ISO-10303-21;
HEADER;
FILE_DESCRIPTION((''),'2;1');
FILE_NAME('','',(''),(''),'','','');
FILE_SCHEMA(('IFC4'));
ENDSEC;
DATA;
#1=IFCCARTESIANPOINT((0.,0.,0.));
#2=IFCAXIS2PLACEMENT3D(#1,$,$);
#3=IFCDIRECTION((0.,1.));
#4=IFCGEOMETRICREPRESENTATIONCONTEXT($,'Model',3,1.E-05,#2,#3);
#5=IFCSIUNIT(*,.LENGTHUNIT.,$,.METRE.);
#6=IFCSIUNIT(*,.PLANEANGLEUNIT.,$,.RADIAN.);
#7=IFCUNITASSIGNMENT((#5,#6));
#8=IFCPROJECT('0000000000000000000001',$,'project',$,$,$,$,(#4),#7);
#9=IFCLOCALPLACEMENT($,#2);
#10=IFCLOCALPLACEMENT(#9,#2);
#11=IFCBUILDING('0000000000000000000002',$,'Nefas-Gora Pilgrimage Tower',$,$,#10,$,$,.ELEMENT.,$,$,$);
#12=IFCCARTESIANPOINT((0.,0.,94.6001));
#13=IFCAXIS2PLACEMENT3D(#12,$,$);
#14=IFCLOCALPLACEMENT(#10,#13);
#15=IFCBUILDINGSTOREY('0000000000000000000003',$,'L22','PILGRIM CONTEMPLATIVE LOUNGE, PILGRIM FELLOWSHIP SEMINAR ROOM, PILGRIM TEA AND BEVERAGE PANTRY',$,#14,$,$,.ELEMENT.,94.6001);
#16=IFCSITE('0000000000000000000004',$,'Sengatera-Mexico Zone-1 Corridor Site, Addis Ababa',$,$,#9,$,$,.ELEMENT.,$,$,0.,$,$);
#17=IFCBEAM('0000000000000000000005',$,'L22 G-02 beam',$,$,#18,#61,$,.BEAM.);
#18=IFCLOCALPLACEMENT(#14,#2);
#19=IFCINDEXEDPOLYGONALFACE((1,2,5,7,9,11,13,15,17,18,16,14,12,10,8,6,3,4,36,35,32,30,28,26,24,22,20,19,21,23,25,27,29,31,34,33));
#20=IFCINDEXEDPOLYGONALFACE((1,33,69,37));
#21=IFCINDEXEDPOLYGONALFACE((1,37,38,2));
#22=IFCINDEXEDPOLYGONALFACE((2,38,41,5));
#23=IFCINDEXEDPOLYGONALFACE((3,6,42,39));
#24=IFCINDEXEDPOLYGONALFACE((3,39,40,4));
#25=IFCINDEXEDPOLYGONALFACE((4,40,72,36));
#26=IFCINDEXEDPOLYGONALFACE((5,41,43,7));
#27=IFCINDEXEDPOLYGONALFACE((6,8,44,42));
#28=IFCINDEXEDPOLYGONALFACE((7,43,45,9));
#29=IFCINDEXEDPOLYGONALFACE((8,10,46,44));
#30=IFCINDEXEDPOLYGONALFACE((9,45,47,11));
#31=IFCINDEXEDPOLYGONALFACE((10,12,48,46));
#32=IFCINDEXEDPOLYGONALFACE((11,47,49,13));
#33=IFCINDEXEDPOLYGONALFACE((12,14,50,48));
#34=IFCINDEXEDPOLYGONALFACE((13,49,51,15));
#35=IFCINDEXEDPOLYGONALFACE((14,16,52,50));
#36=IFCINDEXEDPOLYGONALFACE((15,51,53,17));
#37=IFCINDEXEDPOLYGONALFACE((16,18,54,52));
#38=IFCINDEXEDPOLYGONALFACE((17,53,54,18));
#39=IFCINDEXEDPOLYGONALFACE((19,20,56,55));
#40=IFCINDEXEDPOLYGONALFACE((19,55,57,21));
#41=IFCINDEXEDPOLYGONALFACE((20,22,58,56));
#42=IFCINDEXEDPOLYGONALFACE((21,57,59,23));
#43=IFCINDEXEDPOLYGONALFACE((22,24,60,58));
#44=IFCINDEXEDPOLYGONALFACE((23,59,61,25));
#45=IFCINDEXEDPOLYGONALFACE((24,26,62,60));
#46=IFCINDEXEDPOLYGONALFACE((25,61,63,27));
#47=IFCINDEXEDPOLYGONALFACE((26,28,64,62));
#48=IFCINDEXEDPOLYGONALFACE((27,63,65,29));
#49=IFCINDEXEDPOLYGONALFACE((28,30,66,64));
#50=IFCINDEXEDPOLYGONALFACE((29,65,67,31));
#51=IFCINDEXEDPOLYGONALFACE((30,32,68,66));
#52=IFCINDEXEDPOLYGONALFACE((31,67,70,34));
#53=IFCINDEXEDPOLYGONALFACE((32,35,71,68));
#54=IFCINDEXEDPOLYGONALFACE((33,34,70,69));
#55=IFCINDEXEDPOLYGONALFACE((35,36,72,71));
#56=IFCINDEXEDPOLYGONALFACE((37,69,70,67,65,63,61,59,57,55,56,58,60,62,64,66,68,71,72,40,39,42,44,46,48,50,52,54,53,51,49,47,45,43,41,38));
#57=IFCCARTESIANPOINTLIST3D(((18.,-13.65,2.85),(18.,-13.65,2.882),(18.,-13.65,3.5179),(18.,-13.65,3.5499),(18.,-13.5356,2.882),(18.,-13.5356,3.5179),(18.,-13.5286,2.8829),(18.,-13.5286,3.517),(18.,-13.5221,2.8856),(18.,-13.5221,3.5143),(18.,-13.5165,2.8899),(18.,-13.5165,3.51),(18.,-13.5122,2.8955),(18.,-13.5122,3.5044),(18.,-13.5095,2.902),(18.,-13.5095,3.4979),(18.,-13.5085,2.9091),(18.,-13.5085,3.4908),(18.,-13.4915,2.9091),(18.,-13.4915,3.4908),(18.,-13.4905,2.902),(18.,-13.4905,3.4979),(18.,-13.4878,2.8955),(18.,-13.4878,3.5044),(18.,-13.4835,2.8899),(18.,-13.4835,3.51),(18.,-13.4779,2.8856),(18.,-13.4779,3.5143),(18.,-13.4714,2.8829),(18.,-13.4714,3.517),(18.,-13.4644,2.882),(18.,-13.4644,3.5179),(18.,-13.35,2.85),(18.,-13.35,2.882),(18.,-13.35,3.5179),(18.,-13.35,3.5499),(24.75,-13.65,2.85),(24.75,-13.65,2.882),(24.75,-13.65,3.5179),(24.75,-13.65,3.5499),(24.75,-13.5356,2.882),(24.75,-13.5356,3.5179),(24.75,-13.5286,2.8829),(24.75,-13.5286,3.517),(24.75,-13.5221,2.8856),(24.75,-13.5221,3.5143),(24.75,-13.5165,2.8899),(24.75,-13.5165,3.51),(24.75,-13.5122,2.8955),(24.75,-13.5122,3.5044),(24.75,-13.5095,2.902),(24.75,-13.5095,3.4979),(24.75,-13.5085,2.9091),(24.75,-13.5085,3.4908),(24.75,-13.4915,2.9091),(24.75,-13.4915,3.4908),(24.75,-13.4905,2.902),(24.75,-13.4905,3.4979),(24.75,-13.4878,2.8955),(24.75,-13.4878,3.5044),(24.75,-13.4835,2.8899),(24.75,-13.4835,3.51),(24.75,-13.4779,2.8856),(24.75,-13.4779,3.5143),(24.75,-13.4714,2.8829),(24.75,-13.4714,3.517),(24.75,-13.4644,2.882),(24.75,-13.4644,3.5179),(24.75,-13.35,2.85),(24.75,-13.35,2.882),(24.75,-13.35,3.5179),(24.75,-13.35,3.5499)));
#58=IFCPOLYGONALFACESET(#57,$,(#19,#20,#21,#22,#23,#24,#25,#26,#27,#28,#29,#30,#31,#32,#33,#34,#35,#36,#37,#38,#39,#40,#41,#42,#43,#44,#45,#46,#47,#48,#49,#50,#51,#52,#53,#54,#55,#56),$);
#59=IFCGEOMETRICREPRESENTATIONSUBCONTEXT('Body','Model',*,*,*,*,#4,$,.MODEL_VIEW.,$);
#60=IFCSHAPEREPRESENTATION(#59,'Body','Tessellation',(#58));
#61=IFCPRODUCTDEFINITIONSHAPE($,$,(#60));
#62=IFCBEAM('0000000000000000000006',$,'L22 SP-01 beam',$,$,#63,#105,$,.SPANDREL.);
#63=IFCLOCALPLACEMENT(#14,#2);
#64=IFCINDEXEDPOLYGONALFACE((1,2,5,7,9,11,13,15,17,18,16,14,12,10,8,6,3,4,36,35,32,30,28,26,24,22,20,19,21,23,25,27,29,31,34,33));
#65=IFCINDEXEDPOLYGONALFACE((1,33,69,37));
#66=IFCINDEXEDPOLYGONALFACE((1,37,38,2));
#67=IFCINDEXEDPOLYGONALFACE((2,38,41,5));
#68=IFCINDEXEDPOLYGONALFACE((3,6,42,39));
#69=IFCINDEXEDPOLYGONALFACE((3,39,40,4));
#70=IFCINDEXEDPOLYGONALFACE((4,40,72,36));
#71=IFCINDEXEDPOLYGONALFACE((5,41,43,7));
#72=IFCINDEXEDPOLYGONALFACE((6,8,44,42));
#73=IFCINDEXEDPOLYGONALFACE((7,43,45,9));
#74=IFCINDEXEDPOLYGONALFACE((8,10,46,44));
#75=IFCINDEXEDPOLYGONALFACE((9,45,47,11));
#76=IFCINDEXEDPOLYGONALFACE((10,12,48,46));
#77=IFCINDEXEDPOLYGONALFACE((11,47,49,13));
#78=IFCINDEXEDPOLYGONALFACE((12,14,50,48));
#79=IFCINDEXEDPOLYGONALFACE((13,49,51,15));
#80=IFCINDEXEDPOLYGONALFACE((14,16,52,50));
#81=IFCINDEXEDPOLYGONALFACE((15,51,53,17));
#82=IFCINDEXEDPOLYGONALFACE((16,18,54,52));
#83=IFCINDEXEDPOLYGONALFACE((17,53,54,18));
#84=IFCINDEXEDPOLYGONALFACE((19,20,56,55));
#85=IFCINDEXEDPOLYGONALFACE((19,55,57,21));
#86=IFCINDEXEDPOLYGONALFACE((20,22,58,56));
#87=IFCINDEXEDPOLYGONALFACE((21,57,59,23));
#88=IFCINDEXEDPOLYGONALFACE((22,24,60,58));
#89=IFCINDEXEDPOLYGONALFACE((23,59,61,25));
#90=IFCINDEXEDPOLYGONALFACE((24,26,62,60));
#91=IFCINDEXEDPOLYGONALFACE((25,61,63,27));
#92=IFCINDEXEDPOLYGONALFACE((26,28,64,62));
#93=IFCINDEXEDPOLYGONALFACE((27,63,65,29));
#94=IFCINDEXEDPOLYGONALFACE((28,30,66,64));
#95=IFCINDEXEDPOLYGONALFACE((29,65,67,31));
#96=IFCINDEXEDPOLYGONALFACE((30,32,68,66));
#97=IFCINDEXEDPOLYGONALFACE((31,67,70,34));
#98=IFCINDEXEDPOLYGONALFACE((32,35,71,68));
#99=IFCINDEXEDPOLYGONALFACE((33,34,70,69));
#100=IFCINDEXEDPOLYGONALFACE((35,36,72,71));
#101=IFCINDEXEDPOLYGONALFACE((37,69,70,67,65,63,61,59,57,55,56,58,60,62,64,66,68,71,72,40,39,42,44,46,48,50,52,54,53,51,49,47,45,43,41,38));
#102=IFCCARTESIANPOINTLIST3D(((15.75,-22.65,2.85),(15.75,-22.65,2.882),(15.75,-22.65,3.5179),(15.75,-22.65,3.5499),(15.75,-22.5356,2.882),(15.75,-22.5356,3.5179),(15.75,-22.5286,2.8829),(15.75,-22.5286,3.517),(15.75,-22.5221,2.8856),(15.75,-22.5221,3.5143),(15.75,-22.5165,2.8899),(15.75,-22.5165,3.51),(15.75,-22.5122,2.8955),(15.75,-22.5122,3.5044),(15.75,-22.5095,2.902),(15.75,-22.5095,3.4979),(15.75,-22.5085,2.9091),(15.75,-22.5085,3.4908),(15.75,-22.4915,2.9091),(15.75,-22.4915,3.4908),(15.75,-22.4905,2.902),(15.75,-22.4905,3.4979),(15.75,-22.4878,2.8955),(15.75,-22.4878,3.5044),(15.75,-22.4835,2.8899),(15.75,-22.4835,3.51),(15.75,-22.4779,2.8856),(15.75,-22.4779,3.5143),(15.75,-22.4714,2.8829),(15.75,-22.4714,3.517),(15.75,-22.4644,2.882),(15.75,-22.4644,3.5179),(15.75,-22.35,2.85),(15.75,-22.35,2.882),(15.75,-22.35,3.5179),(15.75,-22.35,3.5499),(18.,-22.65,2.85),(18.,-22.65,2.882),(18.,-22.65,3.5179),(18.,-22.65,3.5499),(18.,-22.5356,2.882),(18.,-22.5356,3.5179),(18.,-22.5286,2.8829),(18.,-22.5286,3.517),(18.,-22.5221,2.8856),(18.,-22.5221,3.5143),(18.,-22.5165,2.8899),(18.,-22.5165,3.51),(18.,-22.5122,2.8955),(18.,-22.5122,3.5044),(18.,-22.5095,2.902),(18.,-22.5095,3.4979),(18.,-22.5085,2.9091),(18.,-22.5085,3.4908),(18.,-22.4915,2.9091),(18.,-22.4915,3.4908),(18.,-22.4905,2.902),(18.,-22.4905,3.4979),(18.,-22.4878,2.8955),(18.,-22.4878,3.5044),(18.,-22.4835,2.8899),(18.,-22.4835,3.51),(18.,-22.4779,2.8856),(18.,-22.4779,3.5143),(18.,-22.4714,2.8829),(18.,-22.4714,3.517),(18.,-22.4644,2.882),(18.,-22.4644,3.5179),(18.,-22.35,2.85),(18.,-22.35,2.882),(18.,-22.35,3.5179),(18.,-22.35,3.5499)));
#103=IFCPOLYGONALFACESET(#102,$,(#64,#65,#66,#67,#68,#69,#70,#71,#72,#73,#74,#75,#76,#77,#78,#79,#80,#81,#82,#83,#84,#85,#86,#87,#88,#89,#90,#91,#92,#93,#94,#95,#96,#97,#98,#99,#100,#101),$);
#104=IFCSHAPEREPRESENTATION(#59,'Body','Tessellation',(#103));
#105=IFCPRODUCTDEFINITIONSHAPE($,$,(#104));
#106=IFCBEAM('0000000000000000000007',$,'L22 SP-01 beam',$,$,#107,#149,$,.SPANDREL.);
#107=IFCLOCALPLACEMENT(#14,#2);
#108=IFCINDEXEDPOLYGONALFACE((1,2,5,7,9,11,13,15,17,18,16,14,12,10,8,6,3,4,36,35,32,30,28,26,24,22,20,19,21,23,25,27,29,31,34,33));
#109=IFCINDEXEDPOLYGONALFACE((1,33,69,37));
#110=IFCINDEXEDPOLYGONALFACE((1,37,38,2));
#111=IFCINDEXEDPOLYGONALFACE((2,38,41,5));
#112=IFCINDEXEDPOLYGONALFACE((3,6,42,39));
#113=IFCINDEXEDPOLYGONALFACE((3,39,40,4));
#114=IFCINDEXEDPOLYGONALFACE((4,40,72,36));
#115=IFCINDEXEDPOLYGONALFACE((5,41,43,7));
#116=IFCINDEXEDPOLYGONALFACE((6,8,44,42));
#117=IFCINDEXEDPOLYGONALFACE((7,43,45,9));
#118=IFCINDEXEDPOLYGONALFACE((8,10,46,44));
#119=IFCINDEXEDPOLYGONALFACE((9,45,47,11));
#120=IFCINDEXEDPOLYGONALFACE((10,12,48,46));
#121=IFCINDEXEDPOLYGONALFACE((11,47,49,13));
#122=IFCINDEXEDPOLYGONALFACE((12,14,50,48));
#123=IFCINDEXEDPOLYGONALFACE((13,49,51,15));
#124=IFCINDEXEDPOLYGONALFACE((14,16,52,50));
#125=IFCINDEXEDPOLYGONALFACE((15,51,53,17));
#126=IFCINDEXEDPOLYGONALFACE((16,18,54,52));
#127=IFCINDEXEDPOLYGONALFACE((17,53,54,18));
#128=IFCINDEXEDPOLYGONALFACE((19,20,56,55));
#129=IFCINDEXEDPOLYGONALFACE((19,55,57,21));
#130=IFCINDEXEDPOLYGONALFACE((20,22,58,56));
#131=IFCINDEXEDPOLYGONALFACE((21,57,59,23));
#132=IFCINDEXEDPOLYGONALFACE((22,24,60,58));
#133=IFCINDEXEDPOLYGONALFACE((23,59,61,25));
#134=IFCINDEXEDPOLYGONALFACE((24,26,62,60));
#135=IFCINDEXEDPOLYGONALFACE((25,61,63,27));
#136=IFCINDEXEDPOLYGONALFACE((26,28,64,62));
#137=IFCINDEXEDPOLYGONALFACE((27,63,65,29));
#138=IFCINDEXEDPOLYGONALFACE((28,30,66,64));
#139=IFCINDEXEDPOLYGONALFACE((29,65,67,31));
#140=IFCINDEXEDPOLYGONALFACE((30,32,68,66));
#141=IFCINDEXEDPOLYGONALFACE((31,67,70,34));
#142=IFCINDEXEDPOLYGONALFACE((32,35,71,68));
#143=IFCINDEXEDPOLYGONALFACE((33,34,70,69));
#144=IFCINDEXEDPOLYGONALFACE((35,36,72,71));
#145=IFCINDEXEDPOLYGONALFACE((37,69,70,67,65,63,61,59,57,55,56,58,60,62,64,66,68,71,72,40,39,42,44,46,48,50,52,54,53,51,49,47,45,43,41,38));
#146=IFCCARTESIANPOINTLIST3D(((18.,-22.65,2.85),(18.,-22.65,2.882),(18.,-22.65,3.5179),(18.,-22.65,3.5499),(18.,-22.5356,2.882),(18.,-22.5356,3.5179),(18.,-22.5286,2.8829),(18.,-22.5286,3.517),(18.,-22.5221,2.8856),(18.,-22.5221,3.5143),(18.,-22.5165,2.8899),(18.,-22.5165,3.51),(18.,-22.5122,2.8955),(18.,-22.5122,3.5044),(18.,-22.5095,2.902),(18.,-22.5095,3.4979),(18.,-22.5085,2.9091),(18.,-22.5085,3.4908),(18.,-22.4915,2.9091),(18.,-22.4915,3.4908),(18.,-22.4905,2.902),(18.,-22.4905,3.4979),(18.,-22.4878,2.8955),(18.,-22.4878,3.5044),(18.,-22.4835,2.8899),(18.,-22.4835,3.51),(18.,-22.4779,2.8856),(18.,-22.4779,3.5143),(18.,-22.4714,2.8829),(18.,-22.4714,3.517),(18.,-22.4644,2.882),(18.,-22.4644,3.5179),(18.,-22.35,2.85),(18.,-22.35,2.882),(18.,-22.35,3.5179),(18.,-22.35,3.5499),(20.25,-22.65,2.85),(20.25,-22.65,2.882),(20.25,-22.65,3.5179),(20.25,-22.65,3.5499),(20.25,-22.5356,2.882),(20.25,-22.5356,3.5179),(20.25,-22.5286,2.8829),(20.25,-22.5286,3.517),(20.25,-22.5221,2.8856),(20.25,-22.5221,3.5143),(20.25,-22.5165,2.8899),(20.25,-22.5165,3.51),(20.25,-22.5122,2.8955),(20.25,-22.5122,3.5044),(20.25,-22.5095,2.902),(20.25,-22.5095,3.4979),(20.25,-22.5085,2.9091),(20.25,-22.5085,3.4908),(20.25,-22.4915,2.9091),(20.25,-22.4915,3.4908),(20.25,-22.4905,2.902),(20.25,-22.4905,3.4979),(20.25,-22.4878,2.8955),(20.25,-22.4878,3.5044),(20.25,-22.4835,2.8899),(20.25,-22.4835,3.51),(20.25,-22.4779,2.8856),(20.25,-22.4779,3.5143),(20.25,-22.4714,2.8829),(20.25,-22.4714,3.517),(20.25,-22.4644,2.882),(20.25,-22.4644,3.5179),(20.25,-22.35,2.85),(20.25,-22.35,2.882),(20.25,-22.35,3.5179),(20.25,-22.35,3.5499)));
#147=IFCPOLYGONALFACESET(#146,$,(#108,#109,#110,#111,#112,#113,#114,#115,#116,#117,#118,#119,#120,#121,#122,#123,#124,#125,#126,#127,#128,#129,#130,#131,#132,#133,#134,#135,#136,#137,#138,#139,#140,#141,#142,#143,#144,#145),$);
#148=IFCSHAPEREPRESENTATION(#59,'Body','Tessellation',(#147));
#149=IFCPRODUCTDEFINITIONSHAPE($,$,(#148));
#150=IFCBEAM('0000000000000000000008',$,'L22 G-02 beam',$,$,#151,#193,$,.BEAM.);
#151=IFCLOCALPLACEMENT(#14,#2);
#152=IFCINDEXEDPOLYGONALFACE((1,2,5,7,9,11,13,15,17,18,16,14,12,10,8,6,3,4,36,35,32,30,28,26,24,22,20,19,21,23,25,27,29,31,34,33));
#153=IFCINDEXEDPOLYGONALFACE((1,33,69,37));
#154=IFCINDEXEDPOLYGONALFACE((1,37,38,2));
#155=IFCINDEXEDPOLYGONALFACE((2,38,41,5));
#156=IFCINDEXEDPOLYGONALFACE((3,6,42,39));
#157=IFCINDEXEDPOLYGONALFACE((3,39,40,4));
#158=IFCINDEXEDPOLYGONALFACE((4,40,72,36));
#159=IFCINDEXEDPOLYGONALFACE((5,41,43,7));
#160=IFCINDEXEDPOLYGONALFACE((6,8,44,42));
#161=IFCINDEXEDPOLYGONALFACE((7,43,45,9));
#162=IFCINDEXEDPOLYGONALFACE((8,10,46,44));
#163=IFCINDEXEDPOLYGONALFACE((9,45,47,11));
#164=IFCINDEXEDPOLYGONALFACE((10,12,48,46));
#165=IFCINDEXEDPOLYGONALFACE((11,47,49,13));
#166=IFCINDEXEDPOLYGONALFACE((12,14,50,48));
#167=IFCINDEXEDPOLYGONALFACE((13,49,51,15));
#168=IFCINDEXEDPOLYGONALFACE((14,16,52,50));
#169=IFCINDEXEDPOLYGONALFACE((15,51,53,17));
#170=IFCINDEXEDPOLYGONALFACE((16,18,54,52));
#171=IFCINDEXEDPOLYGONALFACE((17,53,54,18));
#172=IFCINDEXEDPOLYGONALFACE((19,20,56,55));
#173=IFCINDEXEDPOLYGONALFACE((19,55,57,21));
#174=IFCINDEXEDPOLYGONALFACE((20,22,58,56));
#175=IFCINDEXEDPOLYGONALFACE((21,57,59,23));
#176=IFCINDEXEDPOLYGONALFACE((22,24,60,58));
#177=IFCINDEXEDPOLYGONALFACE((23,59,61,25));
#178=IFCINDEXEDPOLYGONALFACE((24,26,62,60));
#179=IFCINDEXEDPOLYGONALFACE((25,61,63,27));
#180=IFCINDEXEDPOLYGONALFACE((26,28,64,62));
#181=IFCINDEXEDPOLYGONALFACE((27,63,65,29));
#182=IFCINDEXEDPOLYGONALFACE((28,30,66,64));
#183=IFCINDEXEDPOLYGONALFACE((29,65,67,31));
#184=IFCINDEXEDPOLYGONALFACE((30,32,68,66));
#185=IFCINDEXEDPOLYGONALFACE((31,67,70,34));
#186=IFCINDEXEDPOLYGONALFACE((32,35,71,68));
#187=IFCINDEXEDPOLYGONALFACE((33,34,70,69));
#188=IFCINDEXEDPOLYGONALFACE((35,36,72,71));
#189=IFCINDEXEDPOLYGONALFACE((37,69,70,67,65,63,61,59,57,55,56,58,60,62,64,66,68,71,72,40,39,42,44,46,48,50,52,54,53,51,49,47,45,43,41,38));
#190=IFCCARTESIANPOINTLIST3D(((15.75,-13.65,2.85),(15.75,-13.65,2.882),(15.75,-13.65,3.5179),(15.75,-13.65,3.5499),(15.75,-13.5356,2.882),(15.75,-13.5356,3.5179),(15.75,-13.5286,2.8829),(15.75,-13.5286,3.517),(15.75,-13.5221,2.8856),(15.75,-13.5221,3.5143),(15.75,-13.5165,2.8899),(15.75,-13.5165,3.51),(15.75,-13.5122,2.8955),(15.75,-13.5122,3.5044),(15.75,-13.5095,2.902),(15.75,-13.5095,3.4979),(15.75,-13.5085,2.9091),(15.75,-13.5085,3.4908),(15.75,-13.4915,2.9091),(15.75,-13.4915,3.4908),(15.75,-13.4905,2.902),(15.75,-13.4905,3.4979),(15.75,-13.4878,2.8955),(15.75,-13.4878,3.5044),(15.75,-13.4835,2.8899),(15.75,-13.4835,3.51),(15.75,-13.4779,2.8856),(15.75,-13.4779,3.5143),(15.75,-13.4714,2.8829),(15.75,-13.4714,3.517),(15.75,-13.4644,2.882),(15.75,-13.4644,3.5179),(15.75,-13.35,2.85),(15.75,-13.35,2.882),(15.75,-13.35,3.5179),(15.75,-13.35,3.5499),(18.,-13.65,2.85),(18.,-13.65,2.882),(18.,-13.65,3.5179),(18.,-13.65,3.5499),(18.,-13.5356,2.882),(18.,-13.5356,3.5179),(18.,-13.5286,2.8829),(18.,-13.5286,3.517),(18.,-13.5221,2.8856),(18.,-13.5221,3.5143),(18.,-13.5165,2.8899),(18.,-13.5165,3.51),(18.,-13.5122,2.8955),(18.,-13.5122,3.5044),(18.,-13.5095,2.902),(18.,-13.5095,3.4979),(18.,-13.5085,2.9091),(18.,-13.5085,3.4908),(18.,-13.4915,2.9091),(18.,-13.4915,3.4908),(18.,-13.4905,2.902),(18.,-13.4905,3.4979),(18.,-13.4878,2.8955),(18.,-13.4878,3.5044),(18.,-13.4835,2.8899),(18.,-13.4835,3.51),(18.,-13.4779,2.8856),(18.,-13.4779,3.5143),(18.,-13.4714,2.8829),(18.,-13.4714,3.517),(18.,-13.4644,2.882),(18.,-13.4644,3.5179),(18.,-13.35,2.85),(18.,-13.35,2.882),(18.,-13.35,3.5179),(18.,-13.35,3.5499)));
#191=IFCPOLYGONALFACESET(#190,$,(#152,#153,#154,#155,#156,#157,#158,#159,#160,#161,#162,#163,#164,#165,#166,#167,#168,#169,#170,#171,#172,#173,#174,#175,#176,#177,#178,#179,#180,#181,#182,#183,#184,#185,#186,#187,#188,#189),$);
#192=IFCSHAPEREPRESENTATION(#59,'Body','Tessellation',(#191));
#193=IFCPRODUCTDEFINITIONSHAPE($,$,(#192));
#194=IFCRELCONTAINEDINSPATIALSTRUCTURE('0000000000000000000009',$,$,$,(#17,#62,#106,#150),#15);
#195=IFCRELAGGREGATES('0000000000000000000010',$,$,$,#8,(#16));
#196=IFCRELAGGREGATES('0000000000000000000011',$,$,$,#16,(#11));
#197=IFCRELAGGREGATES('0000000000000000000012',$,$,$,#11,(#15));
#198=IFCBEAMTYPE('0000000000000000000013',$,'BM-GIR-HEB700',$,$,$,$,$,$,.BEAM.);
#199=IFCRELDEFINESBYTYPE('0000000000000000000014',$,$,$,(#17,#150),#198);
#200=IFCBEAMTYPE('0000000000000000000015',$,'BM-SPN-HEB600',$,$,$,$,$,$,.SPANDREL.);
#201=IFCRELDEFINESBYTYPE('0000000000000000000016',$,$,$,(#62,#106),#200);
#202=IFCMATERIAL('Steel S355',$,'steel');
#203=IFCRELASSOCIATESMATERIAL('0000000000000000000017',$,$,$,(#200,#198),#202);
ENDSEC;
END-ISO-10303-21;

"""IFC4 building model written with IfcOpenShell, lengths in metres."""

from ifc_helpers import new_model, si_unit, direction, frame, origin, origin_2d, place, context, subcontext, project, spatial, i_section, extrude, source, transform, mapped, material, material_profile, profile_set, type_object, element, save


model = new_model("IFC4")

# Units and contexts
model_context = context("Model", 3, precision=1e-05, world=origin(), true_north=direction((0.0, 1.0)))
body_context = subcontext(model_context, "Body", "Model", "MODEL_VIEW")
ifc_project = project(units=[si_unit("LENGTHUNIT", "METRE"), si_unit("PLANEANGLEUNIT", "RADIAN")], contexts=[model_context])

# Site, building, storey
site_placement = place(None, origin())
site = spatial("IfcSite", under=ifc_project, at=site_placement, Name="Sengatera-Mexico Zone-1 Corridor Site, Addis Ababa", CompositionType="ELEMENT", RefElevation=0.0)
building_placement = place(site_placement, origin())
building = spatial("IfcBuilding", under=site, at=building_placement, Name="Nefas-Gora Pilgrimage Tower", CompositionType="ELEMENT")
storey_placement = place(building_placement, frame((0.0, 0.0, 94.6001)))
storey = spatial("IfcBuildingStorey", under=building, at=storey_placement, Name="L22", Description="PILGRIM CONTEMPLATIVE LOUNGE, PILGRIM FELLOWSHIP SEMINAR ROOM, PILGRIM TEA AND BEVERAGE PANTRY", CompositionType="ELEMENT", Elevation=94.6001)

# Beams
ifc_material_1 = material(Name="Steel S355", Category="steel")
ifc_material_profile_1 = material_profile(ifc_material_1, i_section(OverallWidth=0.3, OverallDepth=0.7, WebThickness=0.0171, FlangeThickness=0.032, FilletRadius=0.0271, at=origin_2d()), Name="HEB 700")
ifc_profile_set_1 = profile_set([ifc_material_profile_1], Name="Steel S355")
beam_type_1 = type_object("IfcBeamType", Name="BM-SPN-HEB600", PredefinedType="SPANDREL", material=ifc_profile_set_1)
ifc_material_profile_2 = material_profile(ifc_material_1, i_section(OverallWidth=0.3, OverallDepth=0.7, WebThickness=0.0171, FlangeThickness=0.032, FilletRadius=0.0271, at=origin_2d()), Name="HEB 700")
ifc_profile_set_2 = profile_set([ifc_material_profile_2], Name="Steel S355")
beam_type_2 = type_object("IfcBeamType", Name="BM-GIR-HEB700", PredefinedType="BEAM", material=ifc_profile_set_2)
shared_shape_1 = source(origin(), body_context, "Body", "SweptSolid", [
    extrude(i_section(OverallWidth=0.3, OverallDepth=0.7, WebThickness=0.0171, FlangeThickness=0.032, FilletRadius=0.0271, at=origin_2d()), origin(), (0.0, 0.0, 1.0), 6.75),
])
for number, where, z_axis, x_axis, name in (
    (1, (18.0, -13.5, 3.2), (1.0, 0.0, 0.0), (0.0, 1.0, 0.0), "L22 G-02 beam"),
):
    element("IfcBeam", number, at=place(storey_placement, frame(where, z_axis=z_axis, x_axis=x_axis)), inside=storey, type_object=beam_type_2, Name=name, PredefinedType="BEAM", context=body_context, shape_type="MappedRepresentation", body=[
        mapped(shared_shape_1, transform((0.0, 0.0, 0.0), x_axis=(1.0, 0.0, 0.0), y_axis=(0.0, 1.0, 0.0), z_axis=(0.0, 0.0, 1.0), scale=1.0)),
    ])
shared_shape_2 = source(origin(), body_context, "Body", "SweptSolid", [
    extrude(i_section(OverallWidth=0.3, OverallDepth=0.7, WebThickness=0.0171, FlangeThickness=0.032, FilletRadius=0.0271, at=origin_2d()), origin(), (0.0, 0.0, 1.0), 2.25),
])
for number, where, z_axis, x_axis, name in (
    (2, (15.75, -22.5, 3.2), (1.0, 0.0, 0.0), (0.0, 1.0, 0.0), "L22 SP-01 beam"),
    (3, (18.0, -22.5, 3.2), (1.0, 0.0, 0.0), (0.0, 1.0, 0.0), "L22 SP-01 beam"),
):
    element("IfcBeam", number, at=place(storey_placement, frame(where, z_axis=z_axis, x_axis=x_axis)), inside=storey, type_object=beam_type_1, Name=name, PredefinedType="SPANDREL", context=body_context, shape_type="MappedRepresentation", body=[
        mapped(shared_shape_2, transform((0.0, 0.0, 0.0), x_axis=(1.0, 0.0, 0.0), y_axis=(0.0, 1.0, 0.0), z_axis=(0.0, 0.0, 1.0), scale=1.0)),
    ])
shared_shape_3 = source(origin(), body_context, "Body", "SweptSolid", [
    extrude(i_section(OverallWidth=0.3, OverallDepth=0.7, WebThickness=0.0171, FlangeThickness=0.032, FilletRadius=0.0271, at=origin_2d()), origin(), (0.0, 0.0, 1.0), 2.25),
])
beam_1_placement = place(storey_placement, frame((15.75, -13.5, 3.2), z_axis=(1.0, 0.0, 0.0), x_axis=(0.0, 1.0, 0.0)))
element("IfcBeam", 4, at=beam_1_placement, inside=storey, type_object=beam_type_2, Name="L22 G-02 beam", PredefinedType="BEAM", context=body_context, shape_type="MappedRepresentation", body=[
    mapped(shared_shape_3, transform((0.0, 0.0, 0.0), x_axis=(1.0, 0.0, 0.0), y_axis=(0.0, 1.0, 0.0), z_axis=(0.0, 0.0, 1.0), scale=1.0)),
])

save(model, "model.ifc")
